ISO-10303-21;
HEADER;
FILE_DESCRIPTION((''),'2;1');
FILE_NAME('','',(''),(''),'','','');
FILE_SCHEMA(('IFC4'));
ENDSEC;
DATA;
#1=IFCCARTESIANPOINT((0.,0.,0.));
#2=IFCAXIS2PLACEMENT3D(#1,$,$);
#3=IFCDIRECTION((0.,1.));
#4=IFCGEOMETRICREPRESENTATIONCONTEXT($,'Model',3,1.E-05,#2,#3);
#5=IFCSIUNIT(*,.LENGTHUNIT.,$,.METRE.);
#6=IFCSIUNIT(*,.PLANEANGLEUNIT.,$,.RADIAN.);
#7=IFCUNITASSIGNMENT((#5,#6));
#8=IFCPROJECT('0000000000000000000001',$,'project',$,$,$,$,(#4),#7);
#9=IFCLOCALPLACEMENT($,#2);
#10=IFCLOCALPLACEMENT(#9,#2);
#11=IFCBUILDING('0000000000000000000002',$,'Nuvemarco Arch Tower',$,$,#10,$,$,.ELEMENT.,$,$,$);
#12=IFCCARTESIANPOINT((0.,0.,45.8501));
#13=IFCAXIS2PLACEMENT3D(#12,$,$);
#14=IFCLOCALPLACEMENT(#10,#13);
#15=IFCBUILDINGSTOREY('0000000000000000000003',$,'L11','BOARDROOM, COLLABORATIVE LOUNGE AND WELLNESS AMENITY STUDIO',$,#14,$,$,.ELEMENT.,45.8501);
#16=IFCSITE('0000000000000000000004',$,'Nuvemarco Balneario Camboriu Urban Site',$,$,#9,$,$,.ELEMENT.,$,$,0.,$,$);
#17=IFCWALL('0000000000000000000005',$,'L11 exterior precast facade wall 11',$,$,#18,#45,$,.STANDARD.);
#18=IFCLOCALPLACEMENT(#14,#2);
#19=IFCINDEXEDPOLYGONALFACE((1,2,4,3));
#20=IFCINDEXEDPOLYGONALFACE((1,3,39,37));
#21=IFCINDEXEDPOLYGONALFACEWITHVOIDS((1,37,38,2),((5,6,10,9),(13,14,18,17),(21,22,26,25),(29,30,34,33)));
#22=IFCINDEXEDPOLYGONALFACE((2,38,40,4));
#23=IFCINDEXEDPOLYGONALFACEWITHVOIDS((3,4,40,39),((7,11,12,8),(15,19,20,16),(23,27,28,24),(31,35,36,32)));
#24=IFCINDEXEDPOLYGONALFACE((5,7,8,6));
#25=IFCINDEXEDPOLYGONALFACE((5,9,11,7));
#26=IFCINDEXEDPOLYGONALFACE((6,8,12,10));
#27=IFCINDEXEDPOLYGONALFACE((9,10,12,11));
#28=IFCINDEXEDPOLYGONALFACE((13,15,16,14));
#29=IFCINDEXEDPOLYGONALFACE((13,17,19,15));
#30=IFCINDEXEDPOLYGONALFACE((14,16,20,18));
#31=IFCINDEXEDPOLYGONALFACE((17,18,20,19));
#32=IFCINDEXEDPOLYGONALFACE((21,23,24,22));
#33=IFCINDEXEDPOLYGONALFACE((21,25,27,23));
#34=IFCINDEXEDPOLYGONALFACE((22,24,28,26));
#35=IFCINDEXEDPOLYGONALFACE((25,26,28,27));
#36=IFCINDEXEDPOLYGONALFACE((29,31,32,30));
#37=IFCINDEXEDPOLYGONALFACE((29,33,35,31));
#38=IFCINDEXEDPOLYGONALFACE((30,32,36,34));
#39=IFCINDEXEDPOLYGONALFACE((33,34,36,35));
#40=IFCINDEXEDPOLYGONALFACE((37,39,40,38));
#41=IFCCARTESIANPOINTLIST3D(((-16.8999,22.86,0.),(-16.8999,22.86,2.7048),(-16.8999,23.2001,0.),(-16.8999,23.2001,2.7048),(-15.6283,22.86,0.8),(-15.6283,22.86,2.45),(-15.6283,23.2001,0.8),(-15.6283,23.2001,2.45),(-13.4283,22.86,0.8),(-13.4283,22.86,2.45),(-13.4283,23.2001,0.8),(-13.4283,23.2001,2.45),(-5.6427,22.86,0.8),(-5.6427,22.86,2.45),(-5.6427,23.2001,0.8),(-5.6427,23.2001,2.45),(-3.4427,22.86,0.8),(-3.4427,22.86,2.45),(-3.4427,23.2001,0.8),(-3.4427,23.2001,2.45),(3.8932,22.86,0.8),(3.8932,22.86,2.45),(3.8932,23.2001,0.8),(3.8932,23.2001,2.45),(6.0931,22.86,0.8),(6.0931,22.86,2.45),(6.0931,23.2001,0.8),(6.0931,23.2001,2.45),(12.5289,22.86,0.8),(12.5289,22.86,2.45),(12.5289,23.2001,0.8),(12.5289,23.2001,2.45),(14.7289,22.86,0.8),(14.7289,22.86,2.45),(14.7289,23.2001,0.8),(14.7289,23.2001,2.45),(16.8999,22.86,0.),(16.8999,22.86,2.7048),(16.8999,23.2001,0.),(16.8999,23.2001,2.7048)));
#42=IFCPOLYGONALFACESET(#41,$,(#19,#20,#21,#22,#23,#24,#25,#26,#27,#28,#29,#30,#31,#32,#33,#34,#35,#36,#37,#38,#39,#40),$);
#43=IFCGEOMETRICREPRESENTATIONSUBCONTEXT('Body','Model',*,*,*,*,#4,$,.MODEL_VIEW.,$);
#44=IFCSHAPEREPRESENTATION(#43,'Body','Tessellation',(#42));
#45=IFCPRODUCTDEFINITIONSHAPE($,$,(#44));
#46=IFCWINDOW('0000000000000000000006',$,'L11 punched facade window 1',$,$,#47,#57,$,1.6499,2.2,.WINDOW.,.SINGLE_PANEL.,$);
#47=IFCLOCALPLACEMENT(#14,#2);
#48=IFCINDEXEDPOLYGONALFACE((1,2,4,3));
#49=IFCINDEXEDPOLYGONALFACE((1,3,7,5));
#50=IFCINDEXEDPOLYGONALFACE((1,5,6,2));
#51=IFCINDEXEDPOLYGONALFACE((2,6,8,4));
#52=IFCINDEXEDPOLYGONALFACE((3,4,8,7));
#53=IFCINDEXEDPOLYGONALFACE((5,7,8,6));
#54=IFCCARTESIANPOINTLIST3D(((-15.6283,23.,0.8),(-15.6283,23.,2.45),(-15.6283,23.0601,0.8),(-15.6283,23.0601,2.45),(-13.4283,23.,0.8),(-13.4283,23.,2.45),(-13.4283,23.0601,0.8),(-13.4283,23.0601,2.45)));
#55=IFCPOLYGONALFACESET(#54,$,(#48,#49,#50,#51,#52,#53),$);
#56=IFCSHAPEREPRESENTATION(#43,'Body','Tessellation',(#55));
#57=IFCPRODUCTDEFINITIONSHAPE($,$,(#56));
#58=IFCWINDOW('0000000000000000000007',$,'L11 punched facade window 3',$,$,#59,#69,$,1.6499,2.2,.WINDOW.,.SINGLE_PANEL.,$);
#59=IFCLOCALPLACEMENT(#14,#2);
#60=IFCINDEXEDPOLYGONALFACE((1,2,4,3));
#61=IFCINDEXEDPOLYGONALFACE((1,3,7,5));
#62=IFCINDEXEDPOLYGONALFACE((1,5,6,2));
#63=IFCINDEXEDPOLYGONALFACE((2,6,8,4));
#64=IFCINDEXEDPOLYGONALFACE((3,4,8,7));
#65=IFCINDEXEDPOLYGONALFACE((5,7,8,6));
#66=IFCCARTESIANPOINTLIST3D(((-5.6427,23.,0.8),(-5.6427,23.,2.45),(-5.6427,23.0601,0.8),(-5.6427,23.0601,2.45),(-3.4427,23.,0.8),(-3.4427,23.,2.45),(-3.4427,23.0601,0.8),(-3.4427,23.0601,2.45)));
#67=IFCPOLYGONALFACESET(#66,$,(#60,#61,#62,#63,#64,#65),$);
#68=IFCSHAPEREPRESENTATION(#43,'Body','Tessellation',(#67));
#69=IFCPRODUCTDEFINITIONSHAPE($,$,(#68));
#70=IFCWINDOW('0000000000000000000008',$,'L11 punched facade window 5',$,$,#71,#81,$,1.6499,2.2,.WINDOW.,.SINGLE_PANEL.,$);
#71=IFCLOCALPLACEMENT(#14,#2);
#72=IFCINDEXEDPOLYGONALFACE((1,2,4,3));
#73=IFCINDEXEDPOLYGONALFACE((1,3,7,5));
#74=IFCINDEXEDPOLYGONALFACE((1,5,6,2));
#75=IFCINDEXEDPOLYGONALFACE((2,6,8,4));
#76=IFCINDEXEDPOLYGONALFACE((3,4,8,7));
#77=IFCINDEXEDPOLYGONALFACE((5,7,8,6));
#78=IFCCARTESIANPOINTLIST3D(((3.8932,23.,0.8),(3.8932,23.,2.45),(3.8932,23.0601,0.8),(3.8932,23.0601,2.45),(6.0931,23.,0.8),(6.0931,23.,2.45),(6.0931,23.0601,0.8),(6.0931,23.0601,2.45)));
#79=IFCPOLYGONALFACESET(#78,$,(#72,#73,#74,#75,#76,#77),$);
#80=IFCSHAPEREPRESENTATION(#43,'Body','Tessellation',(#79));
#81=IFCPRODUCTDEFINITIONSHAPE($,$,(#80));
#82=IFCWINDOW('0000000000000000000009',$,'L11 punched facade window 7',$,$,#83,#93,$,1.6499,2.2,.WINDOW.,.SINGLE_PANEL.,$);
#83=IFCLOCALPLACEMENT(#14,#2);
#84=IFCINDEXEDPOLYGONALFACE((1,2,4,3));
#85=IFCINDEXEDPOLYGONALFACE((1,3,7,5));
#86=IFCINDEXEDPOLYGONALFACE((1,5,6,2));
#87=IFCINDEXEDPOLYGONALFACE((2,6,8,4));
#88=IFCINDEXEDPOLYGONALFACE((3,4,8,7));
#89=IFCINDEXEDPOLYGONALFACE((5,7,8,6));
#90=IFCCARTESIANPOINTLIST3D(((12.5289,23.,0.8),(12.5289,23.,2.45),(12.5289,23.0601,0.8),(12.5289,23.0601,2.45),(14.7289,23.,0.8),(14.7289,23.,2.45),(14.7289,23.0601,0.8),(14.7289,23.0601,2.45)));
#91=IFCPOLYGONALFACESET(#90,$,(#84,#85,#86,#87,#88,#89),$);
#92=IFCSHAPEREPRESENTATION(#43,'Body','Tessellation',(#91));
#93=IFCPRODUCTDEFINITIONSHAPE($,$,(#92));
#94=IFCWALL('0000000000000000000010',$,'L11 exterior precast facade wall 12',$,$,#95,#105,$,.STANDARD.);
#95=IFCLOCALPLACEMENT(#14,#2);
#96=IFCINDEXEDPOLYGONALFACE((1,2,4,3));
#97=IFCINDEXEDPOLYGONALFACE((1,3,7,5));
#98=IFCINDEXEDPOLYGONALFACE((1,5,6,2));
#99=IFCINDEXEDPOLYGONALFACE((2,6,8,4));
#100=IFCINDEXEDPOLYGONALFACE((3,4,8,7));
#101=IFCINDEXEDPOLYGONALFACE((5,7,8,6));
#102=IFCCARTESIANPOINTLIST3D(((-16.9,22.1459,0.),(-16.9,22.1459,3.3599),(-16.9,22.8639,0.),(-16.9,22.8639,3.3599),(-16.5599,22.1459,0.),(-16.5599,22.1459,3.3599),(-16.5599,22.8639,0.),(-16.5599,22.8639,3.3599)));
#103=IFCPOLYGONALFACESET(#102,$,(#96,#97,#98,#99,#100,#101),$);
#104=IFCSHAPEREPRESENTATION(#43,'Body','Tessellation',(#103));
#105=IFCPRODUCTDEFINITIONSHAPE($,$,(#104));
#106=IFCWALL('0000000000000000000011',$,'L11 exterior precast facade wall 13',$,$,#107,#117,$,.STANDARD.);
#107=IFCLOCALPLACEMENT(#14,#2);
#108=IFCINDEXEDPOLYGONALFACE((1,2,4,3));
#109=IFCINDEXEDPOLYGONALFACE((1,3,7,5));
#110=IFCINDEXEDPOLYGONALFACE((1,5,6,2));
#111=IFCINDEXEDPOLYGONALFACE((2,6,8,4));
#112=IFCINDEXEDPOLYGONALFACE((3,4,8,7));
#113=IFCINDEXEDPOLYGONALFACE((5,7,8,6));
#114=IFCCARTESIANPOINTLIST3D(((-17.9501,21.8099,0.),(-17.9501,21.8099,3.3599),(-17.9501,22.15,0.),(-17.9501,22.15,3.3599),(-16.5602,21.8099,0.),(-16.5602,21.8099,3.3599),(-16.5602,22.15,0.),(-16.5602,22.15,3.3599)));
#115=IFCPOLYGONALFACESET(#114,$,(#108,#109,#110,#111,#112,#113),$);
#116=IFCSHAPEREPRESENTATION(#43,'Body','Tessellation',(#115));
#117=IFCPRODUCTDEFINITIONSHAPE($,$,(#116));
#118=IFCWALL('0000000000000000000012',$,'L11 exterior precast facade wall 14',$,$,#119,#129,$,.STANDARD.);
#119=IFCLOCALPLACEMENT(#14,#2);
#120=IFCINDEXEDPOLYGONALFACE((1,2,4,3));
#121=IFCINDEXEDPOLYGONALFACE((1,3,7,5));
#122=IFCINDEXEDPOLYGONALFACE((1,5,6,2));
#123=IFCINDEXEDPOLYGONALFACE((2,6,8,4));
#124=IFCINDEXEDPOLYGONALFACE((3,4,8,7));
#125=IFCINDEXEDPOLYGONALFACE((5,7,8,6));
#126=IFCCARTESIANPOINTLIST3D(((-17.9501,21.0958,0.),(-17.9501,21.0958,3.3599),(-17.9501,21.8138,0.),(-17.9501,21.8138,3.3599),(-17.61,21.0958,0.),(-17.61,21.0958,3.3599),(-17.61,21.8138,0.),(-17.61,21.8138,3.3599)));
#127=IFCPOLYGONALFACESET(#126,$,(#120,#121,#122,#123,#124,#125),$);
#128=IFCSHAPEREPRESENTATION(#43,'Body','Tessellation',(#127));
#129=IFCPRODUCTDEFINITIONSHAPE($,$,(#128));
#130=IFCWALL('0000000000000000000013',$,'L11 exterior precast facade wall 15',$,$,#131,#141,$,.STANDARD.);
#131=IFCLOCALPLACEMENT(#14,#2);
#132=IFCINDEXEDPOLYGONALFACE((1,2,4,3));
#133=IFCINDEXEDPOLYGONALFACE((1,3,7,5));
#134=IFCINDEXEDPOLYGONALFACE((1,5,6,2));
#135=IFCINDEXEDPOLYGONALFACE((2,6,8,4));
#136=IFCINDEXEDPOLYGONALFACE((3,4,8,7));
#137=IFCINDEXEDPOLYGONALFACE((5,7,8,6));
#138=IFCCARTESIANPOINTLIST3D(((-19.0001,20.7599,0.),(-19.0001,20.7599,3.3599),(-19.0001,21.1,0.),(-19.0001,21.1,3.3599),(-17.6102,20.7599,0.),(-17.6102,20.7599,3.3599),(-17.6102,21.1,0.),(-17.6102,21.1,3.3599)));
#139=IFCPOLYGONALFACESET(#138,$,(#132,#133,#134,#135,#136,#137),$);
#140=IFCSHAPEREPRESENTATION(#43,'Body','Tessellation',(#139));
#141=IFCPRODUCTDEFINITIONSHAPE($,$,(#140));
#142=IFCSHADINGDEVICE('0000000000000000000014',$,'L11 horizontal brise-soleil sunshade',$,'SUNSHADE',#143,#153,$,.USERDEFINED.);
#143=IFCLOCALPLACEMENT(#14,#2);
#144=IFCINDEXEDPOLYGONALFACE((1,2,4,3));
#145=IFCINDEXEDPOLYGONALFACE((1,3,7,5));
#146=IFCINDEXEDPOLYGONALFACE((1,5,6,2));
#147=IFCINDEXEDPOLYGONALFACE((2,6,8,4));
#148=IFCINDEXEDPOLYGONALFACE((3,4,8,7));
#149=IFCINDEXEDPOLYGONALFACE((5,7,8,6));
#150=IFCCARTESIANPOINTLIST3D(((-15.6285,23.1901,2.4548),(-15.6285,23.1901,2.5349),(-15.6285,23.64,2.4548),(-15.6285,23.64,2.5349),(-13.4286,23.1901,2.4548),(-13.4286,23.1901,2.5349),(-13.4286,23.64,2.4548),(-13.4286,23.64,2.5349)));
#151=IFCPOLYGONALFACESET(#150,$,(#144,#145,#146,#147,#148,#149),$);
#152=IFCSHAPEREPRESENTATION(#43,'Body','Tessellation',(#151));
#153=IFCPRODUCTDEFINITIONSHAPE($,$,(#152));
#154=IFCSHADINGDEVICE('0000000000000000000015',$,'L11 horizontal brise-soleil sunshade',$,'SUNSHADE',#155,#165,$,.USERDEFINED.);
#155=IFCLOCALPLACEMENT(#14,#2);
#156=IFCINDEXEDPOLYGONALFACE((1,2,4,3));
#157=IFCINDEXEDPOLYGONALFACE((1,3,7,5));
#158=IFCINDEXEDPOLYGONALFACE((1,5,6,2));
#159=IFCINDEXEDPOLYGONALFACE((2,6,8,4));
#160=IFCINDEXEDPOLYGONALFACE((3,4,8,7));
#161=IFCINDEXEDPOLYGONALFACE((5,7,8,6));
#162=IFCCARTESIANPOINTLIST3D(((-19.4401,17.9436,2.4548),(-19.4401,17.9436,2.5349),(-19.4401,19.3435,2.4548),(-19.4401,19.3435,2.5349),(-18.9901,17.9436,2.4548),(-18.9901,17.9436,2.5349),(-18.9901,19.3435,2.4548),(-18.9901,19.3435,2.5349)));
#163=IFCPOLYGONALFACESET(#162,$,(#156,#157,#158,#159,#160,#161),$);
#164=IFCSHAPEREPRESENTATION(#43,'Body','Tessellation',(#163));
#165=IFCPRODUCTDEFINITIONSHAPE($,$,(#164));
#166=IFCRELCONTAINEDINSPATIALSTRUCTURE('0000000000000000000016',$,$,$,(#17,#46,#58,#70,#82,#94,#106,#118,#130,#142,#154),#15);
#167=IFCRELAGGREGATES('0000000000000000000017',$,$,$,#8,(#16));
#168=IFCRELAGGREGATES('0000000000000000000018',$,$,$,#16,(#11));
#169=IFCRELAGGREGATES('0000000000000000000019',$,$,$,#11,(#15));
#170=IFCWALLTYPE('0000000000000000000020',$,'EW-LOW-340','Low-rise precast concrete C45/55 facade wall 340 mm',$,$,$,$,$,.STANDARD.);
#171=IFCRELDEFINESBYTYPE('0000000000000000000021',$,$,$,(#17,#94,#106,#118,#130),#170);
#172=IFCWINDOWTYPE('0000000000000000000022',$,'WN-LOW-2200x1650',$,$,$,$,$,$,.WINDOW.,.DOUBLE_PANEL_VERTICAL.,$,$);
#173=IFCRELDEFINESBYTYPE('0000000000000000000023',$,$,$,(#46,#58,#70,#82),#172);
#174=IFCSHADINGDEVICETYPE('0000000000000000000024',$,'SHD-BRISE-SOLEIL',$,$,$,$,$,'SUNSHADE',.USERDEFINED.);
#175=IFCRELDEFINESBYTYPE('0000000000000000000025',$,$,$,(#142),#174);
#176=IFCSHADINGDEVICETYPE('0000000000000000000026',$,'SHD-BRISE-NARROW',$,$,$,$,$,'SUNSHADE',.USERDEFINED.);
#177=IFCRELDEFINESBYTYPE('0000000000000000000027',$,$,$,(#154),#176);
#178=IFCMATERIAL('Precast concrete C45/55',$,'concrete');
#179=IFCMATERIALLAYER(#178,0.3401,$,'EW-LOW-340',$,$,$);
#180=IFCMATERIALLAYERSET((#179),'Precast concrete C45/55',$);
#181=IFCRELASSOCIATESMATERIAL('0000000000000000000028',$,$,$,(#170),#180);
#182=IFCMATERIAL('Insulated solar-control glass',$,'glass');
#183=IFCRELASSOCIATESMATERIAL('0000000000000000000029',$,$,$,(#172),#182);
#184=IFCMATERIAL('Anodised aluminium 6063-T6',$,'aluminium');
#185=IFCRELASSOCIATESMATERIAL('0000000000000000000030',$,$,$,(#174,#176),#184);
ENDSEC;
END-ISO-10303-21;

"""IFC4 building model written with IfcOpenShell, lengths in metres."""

from ifc_helpers import new_model, si_unit, direction, frame, frame_2d, origin, origin_2d, place, context, subcontext, project, spatial, rectangle, extrude, source, transform, mapped, material, layer, layer_set, type_object, type_shapes, element, fill, save


model = new_model("IFC4")

# Units and contexts
model_context = context("Model", 3, precision=1e-05, world=origin(), true_north=direction((0.0, 1.0)))
body_context = subcontext(model_context, "Body", "Model", "MODEL_VIEW")
ifc_project = project(units=[si_unit("LENGTHUNIT", "METRE"), si_unit("PLANEANGLEUNIT", "RADIAN")], contexts=[model_context])

# Site, building, storey
site_placement = place(None, origin())
site = spatial("IfcSite", under=ifc_project, at=site_placement, Name="Nuvemarco Balneario Camboriu Urban Site", CompositionType="ELEMENT", RefElevation=0.0)
building_placement = place(site_placement, origin())
building = spatial("IfcBuilding", under=site, at=building_placement, Name="Nuvemarco Arch Tower", CompositionType="ELEMENT")
storey_placement = place(building_placement, frame((0.0, 0.0, 45.8501)))
storey = spatial("IfcBuildingStorey", under=building, at=storey_placement, Name="L11", Description="BOARDROOM, COLLABORATIVE LOUNGE AND WELLNESS AMENITY STUDIO", CompositionType="ELEMENT", Elevation=45.8501)

# Wall, openings, windows
ifc_material_1 = material(Name="Precast concrete C45/55", Category="concrete")
ifc_layer = layer(ifc_material_1, 0.3401, Name="EW-LOW-340")
ifc_layer_set = layer_set([ifc_layer], Name="Precast concrete C45/55")
wall_type = type_object("IfcWallType", Name="EW-LOW-340", Description="Low-rise precast concrete C45/55 facade wall 340 mm", PredefinedType="STANDARD", material=ifc_layer_set)
wall_1_placement = place(storey_placement, frame((-16.8999, 23.03, 0.0), z_axis=(0.0, 0.0, 1.0), x_axis=(1.0, 0.0, 0.0)))
wall_1 = element("IfcWall", 1, at=wall_1_placement, inside=storey, type_object=wall_type, Name="L11 exterior precast facade wall 11", PredefinedType="STANDARD", context=body_context, shape_type="SweptSolid", body=[
    extrude(rectangle(XDim=33.7998, YDim=0.3401, at=frame_2d((16.8999, 0.0))), origin(), (0.0, 0.0, 1.0), 2.7048),
])
opening_1_placement = place(wall_1_placement, frame((1.2715, 0.0, 0.8)))
opening_1 = element("IfcOpeningElement", 2, at=opening_1_placement, cuts=wall_1, PredefinedType="OPENING", context=body_context, shape_type="SweptSolid", body=[
    extrude(rectangle(XDim=2.2, YDim=1.6499, at=frame_2d((1.1001, 0.825))), frame((0.0, 0.1799, 0.0), z_axis=(0.0, -1.0, 0.0), x_axis=(1.0, 0.0, 0.0)), (0.0, 0.0, 1.0), 0.3601),
])
opening_2_placement = place(wall_1_placement, frame((11.2571, 0.0, 0.8)))
opening_2 = element("IfcOpeningElement", 3, at=opening_2_placement, cuts=wall_1, PredefinedType="OPENING", context=body_context, shape_type="SweptSolid", body=[
    extrude(rectangle(XDim=2.2, YDim=1.6499, at=frame_2d((1.1001, 0.825))), frame((0.0, 0.1799, 0.0), z_axis=(0.0, -1.0, 0.0), x_axis=(1.0, 0.0, 0.0)), (0.0, 0.0, 1.0), 0.3601),
])
opening_3_placement = place(wall_1_placement, frame((20.793, 0.0, 0.8)))
opening_3 = element("IfcOpeningElement", 4, at=opening_3_placement, cuts=wall_1, PredefinedType="OPENING", context=body_context, shape_type="SweptSolid", body=[
    extrude(rectangle(XDim=2.2, YDim=1.6499, at=frame_2d((1.1001, 0.825))), frame((0.0, 0.1799, 0.0), z_axis=(0.0, -1.0, 0.0), x_axis=(1.0, 0.0, 0.0)), (0.0, 0.0, 1.0), 0.3601),
])
opening_4_placement = place(wall_1_placement, frame((29.4287, 0.0, 0.8)))
opening_4 = element("IfcOpeningElement", 5, at=opening_4_placement, cuts=wall_1, PredefinedType="OPENING", context=body_context, shape_type="SweptSolid", body=[
    extrude(rectangle(XDim=2.2, YDim=1.6499, at=frame_2d((1.1001, 0.825))), frame((0.0, 0.1799, 0.0), z_axis=(0.0, -1.0, 0.0), x_axis=(1.0, 0.0, 0.0)), (0.0, 0.0, 1.0), 0.3601),
])
ifc_material_2 = material(Name="Insulated solar-control glass", Category="glass")
window_type = type_object("IfcWindowType", Name="WN-LOW-2200x1650", PartitioningType="DOUBLE_PANEL_VERTICAL", PredefinedType="WINDOW", material=ifc_material_2)
shared_shape_1 = source(origin(), body_context, "Body", "SweptSolid", [
    extrude(rectangle(XDim=2.2, YDim=1.6499, at=frame_2d((1.1001, 0.825))), frame((0.0, 0.03, 0.0), z_axis=(0.0, -1.0, 0.0), x_axis=(1.0, 0.0, 0.0)), (0.0, 0.0, 1.0), 0.0601),
])
type_shapes(window_type, [shared_shape_1])
window_1_placement = place(opening_1_placement, origin())
window_1 = element("IfcWindow", 6, at=window_1_placement, inside=storey, type_object=window_type, Name="L11 punched facade window 1", OverallHeight=1.6499, OverallWidth=2.2, PartitioningType="SINGLE_PANEL", PredefinedType="WINDOW", context=body_context, shape_type="MappedRepresentation", body=[
    mapped(shared_shape_1, transform((0.0, 0.0, 0.0), scale=1.0)),
])
fill(opening_1, window_1)
window_2_placement = place(opening_2_placement, origin())
window_2 = element("IfcWindow", 7, at=window_2_placement, inside=storey, type_object=window_type, Name="L11 punched facade window 3", OverallHeight=1.6499, OverallWidth=2.2, PartitioningType="SINGLE_PANEL", PredefinedType="WINDOW", context=body_context, shape_type="MappedRepresentation", body=[
    mapped(shared_shape_1, transform((0.0, 0.0, 0.0), scale=1.0)),
])
fill(opening_2, window_2)
window_3_placement = place(opening_3_placement, origin())
window_3 = element("IfcWindow", 8, at=window_3_placement, inside=storey, type_object=window_type, Name="L11 punched facade window 5", OverallHeight=1.6499, OverallWidth=2.2, PartitioningType="SINGLE_PANEL", PredefinedType="WINDOW", context=body_context, shape_type="MappedRepresentation", body=[
    mapped(shared_shape_1, transform((0.0, 0.0, 0.0), scale=1.0)),
])
fill(opening_3, window_3)
window_4_placement = place(opening_4_placement, origin())
window_4 = element("IfcWindow", 9, at=window_4_placement, inside=storey, type_object=window_type, Name="L11 punched facade window 7", OverallHeight=1.6499, OverallWidth=2.2, PartitioningType="SINGLE_PANEL", PredefinedType="WINDOW", context=body_context, shape_type="MappedRepresentation", body=[
    mapped(shared_shape_1, transform((0.0, 0.0, 0.0), scale=1.0)),
])
fill(opening_4, window_4)

# Walls
wall_2_placement = place(storey_placement, frame((-16.73, 22.146, 0.0), z_axis=(0.0, 0.0, 1.0), x_axis=(0.0, 1.0, 0.0)))
element("IfcWall", 10, at=wall_2_placement, inside=storey, type_object=wall_type, Name="L11 exterior precast facade wall 12", PredefinedType="STANDARD", context=body_context, shape_type="SweptSolid", body=[
    extrude(rectangle(XDim=0.718, YDim=0.3401, at=frame_2d((0.3589, 0.0))), origin(), (0.0, 0.0, 1.0), 3.3599),
])
wall_3_placement = place(storey_placement, frame((-17.95, 21.98, 0.0), z_axis=(0.0, 0.0, 1.0), x_axis=(1.0, 0.0, 0.0)))
element("IfcWall", 11, at=wall_3_placement, inside=storey, type_object=wall_type, Name="L11 exterior precast facade wall 13", PredefinedType="STANDARD", context=body_context, shape_type="SweptSolid", body=[
    extrude(rectangle(XDim=1.3899, YDim=0.3401, at=frame_2d((0.6948, 0.0))), origin(), (0.0, 0.0, 1.0), 3.3599),
])
wall_4_placement = place(storey_placement, frame((-17.78, 21.0959, 0.0), z_axis=(0.0, 0.0, 1.0), x_axis=(0.0, 1.0, 0.0)))
element("IfcWall", 12, at=wall_4_placement, inside=storey, type_object=wall_type, Name="L11 exterior precast facade wall 14", PredefinedType="STANDARD", context=body_context, shape_type="SweptSolid", body=[
    extrude(rectangle(XDim=0.718, YDim=0.3401, at=frame_2d((0.3589, 0.0))), origin(), (0.0, 0.0, 1.0), 3.3599),
])
wall_5_placement = place(storey_placement, frame((-19.0, 20.9299, 0.0), z_axis=(0.0, 0.0, 1.0), x_axis=(1.0, 0.0, 0.0)))
element("IfcWall", 13, at=wall_5_placement, inside=storey, type_object=wall_type, Name="L11 exterior precast facade wall 15", PredefinedType="STANDARD", context=body_context, shape_type="SweptSolid", body=[
    extrude(rectangle(XDim=1.3899, YDim=0.3401, at=frame_2d((0.6948, 0.0))), origin(), (0.0, 0.0, 1.0), 3.3599),
])

# Shading devices
ifc_material_3 = material(Name="Anodised aluminium 6063-T6", Category="aluminium")
shading_device_type_1 = type_object("IfcShadingDeviceType", Name="SHD-BRISE-SOLEIL", ElementType="SUNSHADE", PredefinedType="USERDEFINED", material=ifc_material_3)
shared_shape_2 = source(origin(), body_context, "Body", "SweptSolid", [
    extrude(rectangle(XDim=2.2, YDim=0.45, at=origin_2d()), origin(), (0.0, 0.0, 1.0), 0.0801),
])
type_shapes(shading_device_type_1, [shared_shape_2])
shading_device_1_placement = place(storey_placement, frame((-14.5286, 23.415, 2.4548), z_axis=(0.0, 0.0, 1.0), x_axis=(1.0, 0.0, 0.0)))
element("IfcShadingDevice", 14, at=shading_device_1_placement, inside=storey, type_object=shading_device_type_1, Name="L11 horizontal brise-soleil sunshade", ObjectType="SUNSHADE", PredefinedType="USERDEFINED", context=body_context, shape_type="MappedRepresentation", body=[
    mapped(shared_shape_2, transform((0.0, 0.0, 0.0), scale=1.0)),
])
shading_device_type_2 = type_object("IfcShadingDeviceType", Name="SHD-BRISE-NARROW", ElementType="SUNSHADE", PredefinedType="USERDEFINED", material=ifc_material_3)
shared_shape_3 = source(origin(), body_context, "Body", "SweptSolid", [
    extrude(rectangle(XDim=1.3999, YDim=0.45, at=origin_2d()), origin(), (0.0, 0.0, 1.0), 0.0801),
])
type_shapes(shading_device_type_2, [shared_shape_3])
shading_device_2_placement = place(storey_placement, frame((-19.2151, 18.6436, 2.4548), z_axis=(0.0, 0.0, 1.0), x_axis=(0.0, 1.0, 0.0)))
element("IfcShadingDevice", 15, at=shading_device_2_placement, inside=storey, type_object=shading_device_type_2, Name="L11 horizontal brise-soleil sunshade", ObjectType="SUNSHADE", PredefinedType="USERDEFINED", context=body_context, shape_type="MappedRepresentation", body=[
    mapped(shared_shape_3, transform((0.0, 0.0, 0.0), scale=1.0)),
])

save(model, "model.ifc")
